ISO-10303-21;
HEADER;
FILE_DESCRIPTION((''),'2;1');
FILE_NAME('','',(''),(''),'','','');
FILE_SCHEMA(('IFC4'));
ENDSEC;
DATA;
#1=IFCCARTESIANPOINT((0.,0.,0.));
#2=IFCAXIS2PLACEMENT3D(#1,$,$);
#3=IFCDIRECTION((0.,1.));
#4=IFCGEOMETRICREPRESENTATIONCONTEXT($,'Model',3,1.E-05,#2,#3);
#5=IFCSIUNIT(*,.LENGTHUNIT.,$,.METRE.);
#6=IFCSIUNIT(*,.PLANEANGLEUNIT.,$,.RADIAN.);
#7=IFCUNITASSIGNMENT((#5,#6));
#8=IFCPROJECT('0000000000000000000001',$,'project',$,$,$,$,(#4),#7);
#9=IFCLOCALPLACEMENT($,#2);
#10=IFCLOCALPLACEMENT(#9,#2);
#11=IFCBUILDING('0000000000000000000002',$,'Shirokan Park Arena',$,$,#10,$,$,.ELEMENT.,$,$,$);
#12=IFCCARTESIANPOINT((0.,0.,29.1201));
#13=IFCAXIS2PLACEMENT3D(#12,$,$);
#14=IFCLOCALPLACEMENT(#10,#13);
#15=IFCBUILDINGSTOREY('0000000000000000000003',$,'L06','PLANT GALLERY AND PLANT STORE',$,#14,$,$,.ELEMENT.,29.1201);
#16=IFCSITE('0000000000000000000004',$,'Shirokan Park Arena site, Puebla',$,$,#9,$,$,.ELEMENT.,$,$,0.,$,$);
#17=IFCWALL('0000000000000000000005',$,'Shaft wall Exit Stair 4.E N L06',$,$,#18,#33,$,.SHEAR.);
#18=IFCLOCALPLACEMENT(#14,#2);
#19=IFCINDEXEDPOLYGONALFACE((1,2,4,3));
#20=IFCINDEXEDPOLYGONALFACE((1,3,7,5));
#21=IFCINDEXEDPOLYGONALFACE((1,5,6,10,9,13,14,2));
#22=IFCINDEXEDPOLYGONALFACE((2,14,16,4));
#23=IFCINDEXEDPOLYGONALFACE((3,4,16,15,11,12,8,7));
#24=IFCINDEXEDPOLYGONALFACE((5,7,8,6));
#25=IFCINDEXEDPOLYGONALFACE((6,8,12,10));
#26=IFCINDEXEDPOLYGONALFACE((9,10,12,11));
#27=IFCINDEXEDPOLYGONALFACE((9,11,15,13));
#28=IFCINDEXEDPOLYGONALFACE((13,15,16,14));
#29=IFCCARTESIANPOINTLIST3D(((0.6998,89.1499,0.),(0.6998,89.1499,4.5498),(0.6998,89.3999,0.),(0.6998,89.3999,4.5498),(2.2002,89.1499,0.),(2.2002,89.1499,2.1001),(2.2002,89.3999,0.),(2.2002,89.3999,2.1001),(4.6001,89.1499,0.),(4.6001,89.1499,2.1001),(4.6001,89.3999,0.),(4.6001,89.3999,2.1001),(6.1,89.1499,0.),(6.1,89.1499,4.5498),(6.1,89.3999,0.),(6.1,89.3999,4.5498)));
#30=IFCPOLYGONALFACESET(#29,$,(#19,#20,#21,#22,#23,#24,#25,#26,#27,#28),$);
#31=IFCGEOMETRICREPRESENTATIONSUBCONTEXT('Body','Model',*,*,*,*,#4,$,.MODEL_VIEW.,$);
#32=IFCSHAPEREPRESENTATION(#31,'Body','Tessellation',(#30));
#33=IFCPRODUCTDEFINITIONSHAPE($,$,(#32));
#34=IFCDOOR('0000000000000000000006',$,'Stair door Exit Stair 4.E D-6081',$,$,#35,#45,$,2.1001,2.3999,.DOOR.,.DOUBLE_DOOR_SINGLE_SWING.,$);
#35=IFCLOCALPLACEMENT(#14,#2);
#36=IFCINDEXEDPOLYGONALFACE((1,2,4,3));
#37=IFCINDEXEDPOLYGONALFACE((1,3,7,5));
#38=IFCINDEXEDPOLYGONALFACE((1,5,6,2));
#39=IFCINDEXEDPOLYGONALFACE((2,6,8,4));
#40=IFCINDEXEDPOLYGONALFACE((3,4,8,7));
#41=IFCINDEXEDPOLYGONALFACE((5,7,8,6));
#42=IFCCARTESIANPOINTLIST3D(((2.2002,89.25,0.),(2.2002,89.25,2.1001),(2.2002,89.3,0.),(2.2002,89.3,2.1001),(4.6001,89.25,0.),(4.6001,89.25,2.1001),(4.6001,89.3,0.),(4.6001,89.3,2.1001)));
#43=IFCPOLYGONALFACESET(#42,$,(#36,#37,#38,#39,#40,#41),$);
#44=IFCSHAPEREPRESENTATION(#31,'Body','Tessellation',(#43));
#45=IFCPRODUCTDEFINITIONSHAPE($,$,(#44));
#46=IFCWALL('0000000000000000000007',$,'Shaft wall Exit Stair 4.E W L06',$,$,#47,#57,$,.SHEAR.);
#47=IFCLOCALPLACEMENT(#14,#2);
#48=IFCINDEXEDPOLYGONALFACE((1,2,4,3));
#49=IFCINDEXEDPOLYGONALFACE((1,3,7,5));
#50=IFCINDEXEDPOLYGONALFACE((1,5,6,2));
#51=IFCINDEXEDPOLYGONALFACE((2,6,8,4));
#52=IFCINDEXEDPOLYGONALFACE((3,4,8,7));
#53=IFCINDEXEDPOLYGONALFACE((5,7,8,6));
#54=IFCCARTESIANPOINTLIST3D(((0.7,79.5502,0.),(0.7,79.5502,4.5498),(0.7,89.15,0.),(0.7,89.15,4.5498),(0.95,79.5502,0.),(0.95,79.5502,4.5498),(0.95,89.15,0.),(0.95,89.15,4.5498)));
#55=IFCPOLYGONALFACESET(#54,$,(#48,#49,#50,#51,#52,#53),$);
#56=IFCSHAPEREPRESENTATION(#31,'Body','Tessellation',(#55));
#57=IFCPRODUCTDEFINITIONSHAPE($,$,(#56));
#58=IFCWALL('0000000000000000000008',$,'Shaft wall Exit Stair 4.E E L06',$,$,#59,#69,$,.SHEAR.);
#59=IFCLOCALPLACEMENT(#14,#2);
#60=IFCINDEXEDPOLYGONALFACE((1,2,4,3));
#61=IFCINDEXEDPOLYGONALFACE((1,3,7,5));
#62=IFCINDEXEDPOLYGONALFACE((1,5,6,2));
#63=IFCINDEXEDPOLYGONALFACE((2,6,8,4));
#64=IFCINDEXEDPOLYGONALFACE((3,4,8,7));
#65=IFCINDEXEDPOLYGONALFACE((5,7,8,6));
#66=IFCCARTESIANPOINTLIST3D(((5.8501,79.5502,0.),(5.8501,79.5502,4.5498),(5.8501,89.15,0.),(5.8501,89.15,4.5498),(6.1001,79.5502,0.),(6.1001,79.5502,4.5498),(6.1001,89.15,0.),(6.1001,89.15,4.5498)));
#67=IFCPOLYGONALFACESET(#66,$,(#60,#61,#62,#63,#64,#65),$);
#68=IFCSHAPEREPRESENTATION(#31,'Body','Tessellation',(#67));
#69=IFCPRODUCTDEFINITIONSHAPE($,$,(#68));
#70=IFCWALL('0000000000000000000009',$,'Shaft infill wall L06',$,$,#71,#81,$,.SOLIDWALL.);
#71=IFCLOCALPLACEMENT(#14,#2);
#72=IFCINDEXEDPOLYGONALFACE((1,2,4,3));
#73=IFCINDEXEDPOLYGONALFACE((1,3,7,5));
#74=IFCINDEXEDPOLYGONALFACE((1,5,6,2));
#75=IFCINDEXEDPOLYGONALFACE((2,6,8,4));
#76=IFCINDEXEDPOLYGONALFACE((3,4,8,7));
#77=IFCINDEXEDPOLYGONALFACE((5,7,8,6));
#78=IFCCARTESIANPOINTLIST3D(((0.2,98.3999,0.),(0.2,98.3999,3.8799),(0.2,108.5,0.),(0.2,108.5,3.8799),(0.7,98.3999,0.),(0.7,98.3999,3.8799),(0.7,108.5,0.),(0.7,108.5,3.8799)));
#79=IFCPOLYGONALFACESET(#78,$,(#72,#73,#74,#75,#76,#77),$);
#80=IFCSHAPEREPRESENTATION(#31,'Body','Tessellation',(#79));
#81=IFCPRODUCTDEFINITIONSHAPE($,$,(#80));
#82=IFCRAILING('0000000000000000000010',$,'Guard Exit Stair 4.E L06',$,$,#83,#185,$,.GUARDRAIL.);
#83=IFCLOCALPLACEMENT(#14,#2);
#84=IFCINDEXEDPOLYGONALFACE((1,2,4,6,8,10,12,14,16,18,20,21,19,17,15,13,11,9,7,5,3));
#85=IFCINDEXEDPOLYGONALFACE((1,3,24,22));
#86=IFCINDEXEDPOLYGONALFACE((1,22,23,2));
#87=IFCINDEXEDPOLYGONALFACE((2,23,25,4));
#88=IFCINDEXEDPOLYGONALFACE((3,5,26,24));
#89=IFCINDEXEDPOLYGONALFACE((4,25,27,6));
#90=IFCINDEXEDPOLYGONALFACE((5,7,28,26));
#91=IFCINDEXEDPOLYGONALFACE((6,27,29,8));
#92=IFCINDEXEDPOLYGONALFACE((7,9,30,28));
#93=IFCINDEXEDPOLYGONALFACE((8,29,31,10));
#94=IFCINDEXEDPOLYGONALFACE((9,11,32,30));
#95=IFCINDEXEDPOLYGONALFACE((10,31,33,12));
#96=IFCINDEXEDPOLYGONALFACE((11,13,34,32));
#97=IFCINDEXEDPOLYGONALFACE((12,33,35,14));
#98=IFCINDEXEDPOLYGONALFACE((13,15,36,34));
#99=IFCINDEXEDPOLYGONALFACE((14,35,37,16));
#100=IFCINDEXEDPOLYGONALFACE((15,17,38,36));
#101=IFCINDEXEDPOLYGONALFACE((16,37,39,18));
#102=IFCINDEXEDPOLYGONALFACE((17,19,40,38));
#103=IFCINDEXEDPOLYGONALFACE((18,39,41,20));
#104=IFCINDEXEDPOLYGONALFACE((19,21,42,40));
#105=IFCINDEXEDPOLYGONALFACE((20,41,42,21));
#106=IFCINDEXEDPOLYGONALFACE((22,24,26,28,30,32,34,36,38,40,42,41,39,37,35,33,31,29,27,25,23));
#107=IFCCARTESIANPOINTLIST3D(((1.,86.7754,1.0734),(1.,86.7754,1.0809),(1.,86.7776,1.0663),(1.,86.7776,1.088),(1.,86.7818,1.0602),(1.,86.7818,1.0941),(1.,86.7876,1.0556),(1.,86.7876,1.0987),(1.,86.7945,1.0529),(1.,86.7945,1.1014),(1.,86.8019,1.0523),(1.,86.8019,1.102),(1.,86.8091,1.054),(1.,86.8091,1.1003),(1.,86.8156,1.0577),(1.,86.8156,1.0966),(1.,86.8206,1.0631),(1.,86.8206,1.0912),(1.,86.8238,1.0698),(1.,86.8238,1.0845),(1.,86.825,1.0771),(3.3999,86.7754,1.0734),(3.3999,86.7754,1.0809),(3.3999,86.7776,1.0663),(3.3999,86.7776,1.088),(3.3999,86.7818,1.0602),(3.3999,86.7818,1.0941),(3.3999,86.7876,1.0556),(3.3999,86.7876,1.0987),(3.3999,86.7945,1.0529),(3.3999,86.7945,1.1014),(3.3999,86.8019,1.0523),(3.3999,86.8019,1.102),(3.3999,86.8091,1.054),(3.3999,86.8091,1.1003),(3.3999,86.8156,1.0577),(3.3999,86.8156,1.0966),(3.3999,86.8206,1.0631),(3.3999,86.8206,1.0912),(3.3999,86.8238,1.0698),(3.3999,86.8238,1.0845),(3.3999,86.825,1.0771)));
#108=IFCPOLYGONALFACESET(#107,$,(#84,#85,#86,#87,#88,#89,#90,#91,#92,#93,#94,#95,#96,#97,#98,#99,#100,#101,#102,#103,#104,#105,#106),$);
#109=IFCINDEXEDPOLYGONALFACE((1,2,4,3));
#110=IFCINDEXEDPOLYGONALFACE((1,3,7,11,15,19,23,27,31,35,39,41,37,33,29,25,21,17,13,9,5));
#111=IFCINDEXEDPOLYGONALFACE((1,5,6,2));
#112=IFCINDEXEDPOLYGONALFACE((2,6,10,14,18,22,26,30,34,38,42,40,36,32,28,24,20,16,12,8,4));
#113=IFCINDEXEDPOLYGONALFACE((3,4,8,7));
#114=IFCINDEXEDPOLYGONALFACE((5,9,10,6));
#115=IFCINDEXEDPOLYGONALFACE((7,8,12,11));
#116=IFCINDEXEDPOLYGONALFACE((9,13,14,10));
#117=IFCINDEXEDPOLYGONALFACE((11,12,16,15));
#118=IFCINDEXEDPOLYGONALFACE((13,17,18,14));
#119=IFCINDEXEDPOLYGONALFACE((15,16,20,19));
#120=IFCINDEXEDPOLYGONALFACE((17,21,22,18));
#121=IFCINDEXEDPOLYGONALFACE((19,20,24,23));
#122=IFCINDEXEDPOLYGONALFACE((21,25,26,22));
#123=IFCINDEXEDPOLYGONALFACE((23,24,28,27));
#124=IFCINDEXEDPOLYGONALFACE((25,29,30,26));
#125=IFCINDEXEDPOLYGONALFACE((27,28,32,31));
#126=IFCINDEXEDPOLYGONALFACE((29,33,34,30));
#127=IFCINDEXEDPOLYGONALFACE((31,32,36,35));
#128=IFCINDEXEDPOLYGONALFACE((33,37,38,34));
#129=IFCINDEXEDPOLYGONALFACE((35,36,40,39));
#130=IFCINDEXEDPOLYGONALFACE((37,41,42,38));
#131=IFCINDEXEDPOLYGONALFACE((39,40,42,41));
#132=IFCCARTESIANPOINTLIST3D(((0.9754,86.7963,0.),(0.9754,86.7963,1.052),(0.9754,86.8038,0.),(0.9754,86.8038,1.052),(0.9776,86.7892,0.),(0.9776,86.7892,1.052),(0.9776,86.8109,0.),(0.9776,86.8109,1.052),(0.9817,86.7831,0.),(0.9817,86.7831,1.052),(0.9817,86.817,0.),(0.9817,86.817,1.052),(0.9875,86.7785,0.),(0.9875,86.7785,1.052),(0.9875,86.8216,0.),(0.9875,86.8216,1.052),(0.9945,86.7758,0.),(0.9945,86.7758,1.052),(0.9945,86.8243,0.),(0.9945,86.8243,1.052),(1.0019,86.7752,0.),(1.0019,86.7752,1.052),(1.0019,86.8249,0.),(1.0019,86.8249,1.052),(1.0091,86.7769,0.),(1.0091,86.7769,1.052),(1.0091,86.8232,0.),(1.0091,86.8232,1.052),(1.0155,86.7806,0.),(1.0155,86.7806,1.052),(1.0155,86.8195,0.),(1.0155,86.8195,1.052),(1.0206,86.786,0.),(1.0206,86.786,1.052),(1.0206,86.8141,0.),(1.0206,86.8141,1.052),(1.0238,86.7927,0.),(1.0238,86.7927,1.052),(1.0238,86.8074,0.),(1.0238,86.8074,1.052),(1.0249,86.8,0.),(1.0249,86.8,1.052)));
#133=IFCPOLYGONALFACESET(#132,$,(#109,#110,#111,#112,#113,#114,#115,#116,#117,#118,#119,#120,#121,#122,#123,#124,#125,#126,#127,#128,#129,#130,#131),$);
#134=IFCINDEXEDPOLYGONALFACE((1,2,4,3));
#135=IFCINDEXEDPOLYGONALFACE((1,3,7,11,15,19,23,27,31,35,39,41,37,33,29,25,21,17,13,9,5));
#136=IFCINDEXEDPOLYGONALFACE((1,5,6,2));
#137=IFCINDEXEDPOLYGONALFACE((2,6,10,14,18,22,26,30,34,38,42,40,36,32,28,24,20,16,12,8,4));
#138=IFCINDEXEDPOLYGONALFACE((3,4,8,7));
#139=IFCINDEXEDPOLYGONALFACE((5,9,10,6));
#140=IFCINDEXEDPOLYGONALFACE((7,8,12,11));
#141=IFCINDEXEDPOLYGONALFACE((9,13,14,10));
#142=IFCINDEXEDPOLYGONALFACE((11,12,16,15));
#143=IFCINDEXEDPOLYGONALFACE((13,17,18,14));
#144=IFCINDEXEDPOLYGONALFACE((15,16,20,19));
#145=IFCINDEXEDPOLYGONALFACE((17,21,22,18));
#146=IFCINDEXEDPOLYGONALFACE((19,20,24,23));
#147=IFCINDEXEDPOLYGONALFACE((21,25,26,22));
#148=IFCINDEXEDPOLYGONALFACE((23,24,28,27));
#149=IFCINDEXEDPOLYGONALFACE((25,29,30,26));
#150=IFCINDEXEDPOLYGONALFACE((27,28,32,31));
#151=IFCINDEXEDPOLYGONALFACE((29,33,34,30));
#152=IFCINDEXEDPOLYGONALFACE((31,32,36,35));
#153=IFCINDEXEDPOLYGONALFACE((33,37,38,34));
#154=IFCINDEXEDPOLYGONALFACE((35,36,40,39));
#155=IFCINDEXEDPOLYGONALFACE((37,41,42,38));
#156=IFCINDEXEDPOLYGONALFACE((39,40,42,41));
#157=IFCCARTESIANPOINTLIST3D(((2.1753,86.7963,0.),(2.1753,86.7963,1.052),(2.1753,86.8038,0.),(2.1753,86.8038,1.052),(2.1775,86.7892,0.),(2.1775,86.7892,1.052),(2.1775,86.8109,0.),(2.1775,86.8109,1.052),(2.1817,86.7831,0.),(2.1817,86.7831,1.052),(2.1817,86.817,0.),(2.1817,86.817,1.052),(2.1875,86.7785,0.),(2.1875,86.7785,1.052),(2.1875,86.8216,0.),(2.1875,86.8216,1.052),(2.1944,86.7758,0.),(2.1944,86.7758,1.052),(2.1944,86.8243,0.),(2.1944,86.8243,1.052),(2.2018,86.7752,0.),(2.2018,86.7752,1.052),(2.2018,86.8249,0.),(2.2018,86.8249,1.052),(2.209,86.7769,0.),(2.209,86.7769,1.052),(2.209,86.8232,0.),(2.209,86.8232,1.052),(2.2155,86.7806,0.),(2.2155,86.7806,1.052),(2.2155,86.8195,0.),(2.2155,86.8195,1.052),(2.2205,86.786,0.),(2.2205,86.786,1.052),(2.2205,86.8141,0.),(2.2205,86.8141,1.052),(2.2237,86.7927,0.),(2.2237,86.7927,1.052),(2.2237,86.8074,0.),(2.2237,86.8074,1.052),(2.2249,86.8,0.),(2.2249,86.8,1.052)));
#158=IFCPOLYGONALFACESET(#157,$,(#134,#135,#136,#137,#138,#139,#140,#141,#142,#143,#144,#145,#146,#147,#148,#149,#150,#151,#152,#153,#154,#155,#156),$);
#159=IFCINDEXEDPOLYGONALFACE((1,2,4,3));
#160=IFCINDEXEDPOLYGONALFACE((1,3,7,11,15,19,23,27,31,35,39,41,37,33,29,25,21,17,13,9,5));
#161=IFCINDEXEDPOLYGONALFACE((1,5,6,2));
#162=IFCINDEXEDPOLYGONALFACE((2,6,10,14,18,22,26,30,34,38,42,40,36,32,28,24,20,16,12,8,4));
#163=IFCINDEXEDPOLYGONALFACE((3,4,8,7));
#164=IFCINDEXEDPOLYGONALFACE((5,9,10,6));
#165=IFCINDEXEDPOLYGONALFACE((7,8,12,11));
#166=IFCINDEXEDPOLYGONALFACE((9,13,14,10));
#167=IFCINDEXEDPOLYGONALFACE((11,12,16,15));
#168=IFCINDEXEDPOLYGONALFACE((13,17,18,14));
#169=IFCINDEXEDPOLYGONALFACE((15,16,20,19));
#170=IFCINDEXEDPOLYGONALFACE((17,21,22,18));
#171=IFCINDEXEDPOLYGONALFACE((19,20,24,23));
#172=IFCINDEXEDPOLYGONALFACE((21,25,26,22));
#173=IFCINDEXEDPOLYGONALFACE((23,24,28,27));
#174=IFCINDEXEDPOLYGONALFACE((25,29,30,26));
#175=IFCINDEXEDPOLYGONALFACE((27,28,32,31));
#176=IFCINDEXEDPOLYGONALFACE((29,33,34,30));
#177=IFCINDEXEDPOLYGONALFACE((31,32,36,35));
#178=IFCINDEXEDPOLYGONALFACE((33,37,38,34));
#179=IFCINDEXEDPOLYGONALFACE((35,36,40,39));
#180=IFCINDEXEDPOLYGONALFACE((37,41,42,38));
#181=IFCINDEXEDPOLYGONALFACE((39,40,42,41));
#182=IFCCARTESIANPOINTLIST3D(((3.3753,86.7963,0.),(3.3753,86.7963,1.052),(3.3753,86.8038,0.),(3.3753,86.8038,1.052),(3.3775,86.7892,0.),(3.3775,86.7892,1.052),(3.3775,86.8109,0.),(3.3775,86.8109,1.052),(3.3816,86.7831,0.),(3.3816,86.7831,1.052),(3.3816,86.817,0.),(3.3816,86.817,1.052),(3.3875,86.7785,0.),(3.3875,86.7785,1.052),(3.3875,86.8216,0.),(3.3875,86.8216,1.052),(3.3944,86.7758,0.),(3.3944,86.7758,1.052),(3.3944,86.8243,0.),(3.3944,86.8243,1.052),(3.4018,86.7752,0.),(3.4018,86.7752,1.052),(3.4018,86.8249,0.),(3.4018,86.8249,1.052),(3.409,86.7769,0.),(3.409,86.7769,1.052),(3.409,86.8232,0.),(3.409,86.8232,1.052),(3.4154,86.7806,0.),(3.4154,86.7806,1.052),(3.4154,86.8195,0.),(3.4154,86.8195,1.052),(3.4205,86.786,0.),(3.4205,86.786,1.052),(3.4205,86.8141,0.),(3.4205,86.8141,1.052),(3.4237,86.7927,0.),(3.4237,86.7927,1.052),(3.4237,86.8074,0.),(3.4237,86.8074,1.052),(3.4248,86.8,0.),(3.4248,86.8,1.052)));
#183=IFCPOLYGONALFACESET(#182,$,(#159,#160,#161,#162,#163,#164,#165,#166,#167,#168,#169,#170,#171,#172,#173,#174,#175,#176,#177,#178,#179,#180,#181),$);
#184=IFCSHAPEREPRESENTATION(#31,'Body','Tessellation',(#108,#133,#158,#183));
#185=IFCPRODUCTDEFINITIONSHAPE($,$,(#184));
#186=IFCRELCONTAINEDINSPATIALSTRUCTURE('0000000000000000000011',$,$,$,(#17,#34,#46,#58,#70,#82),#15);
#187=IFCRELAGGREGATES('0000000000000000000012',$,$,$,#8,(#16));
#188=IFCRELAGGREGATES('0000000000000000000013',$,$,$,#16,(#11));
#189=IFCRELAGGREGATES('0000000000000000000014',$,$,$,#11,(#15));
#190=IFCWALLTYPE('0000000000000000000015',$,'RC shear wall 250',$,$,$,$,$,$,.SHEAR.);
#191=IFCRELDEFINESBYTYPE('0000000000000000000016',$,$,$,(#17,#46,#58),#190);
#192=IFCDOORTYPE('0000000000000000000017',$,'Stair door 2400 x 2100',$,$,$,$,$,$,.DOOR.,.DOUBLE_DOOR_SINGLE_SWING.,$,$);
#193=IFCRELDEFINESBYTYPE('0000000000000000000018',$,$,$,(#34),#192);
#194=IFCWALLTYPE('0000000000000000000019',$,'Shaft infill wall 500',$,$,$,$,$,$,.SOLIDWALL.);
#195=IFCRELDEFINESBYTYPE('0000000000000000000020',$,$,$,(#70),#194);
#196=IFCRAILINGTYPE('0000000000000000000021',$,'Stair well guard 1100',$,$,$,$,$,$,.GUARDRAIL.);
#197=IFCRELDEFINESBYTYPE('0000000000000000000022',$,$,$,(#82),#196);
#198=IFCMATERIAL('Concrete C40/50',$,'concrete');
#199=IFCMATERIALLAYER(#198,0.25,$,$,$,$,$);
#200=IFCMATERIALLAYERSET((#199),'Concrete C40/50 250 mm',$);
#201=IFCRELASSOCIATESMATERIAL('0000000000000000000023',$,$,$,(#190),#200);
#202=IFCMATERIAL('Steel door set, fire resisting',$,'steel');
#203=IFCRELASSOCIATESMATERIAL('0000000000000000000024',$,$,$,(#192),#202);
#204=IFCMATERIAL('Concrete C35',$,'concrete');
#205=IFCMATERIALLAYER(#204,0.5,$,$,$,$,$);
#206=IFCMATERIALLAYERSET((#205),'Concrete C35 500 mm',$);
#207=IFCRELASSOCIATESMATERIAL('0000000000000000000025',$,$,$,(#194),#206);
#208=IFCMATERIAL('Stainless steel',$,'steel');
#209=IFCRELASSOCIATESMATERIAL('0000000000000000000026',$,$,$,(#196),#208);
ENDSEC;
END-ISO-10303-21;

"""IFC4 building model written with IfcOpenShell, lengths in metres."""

from ifc_helpers import new_model, si_unit, direction, frame, frame_2d, origin, origin_2d, place, context, subcontext, project, spatial, rectangle, circle, extrude, material, layer, layer_set, type_object, element, fill, save


model = new_model("IFC4")

# Units and contexts
model_context = context("Model", 3, precision=1e-05, world=origin(), true_north=direction((0.0, 1.0)))
body_context = subcontext(model_context, "Body", "Model", "MODEL_VIEW")
ifc_project = project(units=[si_unit("LENGTHUNIT", "METRE"), si_unit("PLANEANGLEUNIT", "RADIAN")], contexts=[model_context])

# Site, building, storey
site_placement = place(None, origin())
site = spatial("IfcSite", under=ifc_project, at=site_placement, Name="Shirokan Park Arena site, Puebla", CompositionType="ELEMENT", RefElevation=0.0)
building_placement = place(site_placement, origin())
building = spatial("IfcBuilding", under=site, at=building_placement, Name="Shirokan Park Arena", CompositionType="ELEMENT")
storey_placement = place(building_placement, frame((0.0, 0.0, 29.1201)))
storey = spatial("IfcBuildingStorey", under=building, at=storey_placement, Name="L06", Description="PLANT GALLERY AND PLANT STORE", CompositionType="ELEMENT", Elevation=29.1201)

# Shared definitions
ifc_material_1 = material(Name="Concrete C35", Category="concrete")

# Wall, opening, door
ifc_material_2 = material(Name="Concrete C40/50", Category="concrete")
ifc_layer_1 = layer(ifc_material_2, 0.25)
ifc_layer_set_1 = layer_set([ifc_layer_1], Name="Concrete C40/50 250 mm")
wall_type_1 = type_object("IfcWallType", Name="RC shear wall 250", PredefinedType="SHEAR", material=ifc_layer_set_1)
ifc_material_3 = material(Name="Steel door set, fire resisting", Category="steel")
door_type_1 = type_object("IfcDoorType", Name="Stair door 2400 x 2100", OperationType="DOUBLE_DOOR_SINGLE_SWING", PredefinedType="DOOR", material=ifc_material_3)
wall_1_placement = place(storey_placement, frame((6.1001, 89.2749, 0.0), z_axis=(0.0, 0.0, 1.0), x_axis=(-1.0, 0.0, 0.0)))
wall_1 = element("IfcWall", 1, at=wall_1_placement, inside=storey, type_object=wall_type_1, Name="Shaft wall Exit Stair 4.E N L06", PredefinedType="SHEAR", context=body_context, shape_type="SweptSolid", body=[
    extrude(rectangle(XDim=5.4001, YDim=0.25, at=frame_2d((2.7002, 0.0))), origin(), (0.0, 0.0, 1.0), 4.5498),
])
opening_1_placement = place(wall_1_placement, frame((1.5, 0.0, 0.0)))
opening_1 = element("IfcOpeningElement", 2, at=opening_1_placement, cuts=wall_1, PredefinedType="OPENING", context=body_context, shape_type="SweptSolid", body=[
    extrude(rectangle(XDim=2.3999, YDim=2.1001, at=frame_2d((1.2, 1.05))), frame((0.0, 0.135, 0.0), z_axis=(0.0, -1.0, 0.0), x_axis=(1.0, 0.0, 0.0)), (0.0, 0.0, 1.0), 0.27),
])
door_1_placement = place(opening_1_placement, origin())
door_1 = element("IfcDoor", 3, at=door_1_placement, inside=storey, type_object=door_type_1, Name="Stair door Exit Stair 4.E D-6081", OperationType="DOUBLE_DOOR_SINGLE_SWING", OverallHeight=2.1001, OverallWidth=2.3999, PredefinedType="DOOR", context=body_context, shape_type="SweptSolid", body=[
    extrude(rectangle(XDim=2.3999, YDim=2.1001, at=frame_2d((1.2, 1.05))), frame((0.0, 0.0249, 0.0), z_axis=(0.0, -1.0, 0.0), x_axis=(1.0, 0.0, 0.0)), (0.0, 0.0, 1.0), 0.05),
])
fill(opening_1, door_1)

# Walls
for number, where, z_axis, x_axis, name in (
    (4, (0.825, 89.1499, 0.0), (0.0, 0.0, 1.0), (0.0, -1.0, 0.0), "Shaft wall Exit Stair 4.E W L06"),
    (5, (5.9751, 89.1499, 0.0), (0.0, 0.0, 1.0), (0.0, -1.0, 0.0), "Shaft wall Exit Stair 4.E E L06"),
):
    element("IfcWall", number, at=place(storey_placement, frame(where, z_axis=z_axis, x_axis=x_axis)), inside=storey, type_object=wall_type_1, Name=name, PredefinedType="SHEAR", context=body_context, shape_type="SweptSolid", body=[
        extrude(rectangle(XDim=9.5999, YDim=0.25, at=frame_2d((4.7998, 0.0))), origin(), (0.0, 0.0, 1.0), 4.5498),
    ])
ifc_layer_2 = layer(ifc_material_1, 0.5)
ifc_layer_set_2 = layer_set([ifc_layer_2], Name="Concrete C35 500 mm")
wall_type_2 = type_object("IfcWallType", Name="Shaft infill wall 500", PredefinedType="SOLIDWALL", material=ifc_layer_set_2)
wall_2_placement = place(storey_placement, frame((0.45, 98.3999, 0.0), z_axis=(0.0, 0.0, 1.0), x_axis=(0.0, 1.0, 0.0)))
element("IfcWall", 6, at=wall_2_placement, inside=storey, type_object=wall_type_2, Name="Shaft infill wall L06", PredefinedType="SOLIDWALL", context=body_context, shape_type="SweptSolid", body=[
    extrude(rectangle(XDim=10.1001, YDim=0.5, at=frame_2d((5.05, 0.0))), origin(), (0.0, 0.0, 1.0), 3.8799),
])

# Railing
ifc_material_4 = material(Name="Stainless steel", Category="steel")
railing_type = type_object("IfcRailingType", Name="Stair well guard 1100", PredefinedType="GUARDRAIL", material=ifc_material_4)
railing_placement = place(storey_placement, frame((1.0, 86.8, 0.0)))
element("IfcRailing", 7, at=railing_placement, inside=storey, type_object=railing_type, Name="Guard Exit Stair 4.E L06", PredefinedType="GUARDRAIL", context=body_context, shape_type="SweptSolid", body=[
    extrude(circle(Radius=0.0249, at=origin_2d()), frame((0.0, 0.0, 1.0771), z_axis=(1.0, 0.0, 0.0), x_axis=(0.0, 1.0, 0.0)), (0.0, 0.0, 1.0), 2.3999),
    extrude(circle(Radius=0.0249, at=origin_2d()), origin(), (0.0, 0.0, 1.0), 1.052),
    extrude(circle(Radius=0.0249, at=origin_2d()), frame((1.2, 0.0, 0.0)), (0.0, 0.0, 1.0), 1.052),
    extrude(circle(Radius=0.0249, at=origin_2d()), frame((2.3999, 0.0, 0.0)), (0.0, 0.0, 1.0), 1.052),
])

save(model, "model.ifc")
